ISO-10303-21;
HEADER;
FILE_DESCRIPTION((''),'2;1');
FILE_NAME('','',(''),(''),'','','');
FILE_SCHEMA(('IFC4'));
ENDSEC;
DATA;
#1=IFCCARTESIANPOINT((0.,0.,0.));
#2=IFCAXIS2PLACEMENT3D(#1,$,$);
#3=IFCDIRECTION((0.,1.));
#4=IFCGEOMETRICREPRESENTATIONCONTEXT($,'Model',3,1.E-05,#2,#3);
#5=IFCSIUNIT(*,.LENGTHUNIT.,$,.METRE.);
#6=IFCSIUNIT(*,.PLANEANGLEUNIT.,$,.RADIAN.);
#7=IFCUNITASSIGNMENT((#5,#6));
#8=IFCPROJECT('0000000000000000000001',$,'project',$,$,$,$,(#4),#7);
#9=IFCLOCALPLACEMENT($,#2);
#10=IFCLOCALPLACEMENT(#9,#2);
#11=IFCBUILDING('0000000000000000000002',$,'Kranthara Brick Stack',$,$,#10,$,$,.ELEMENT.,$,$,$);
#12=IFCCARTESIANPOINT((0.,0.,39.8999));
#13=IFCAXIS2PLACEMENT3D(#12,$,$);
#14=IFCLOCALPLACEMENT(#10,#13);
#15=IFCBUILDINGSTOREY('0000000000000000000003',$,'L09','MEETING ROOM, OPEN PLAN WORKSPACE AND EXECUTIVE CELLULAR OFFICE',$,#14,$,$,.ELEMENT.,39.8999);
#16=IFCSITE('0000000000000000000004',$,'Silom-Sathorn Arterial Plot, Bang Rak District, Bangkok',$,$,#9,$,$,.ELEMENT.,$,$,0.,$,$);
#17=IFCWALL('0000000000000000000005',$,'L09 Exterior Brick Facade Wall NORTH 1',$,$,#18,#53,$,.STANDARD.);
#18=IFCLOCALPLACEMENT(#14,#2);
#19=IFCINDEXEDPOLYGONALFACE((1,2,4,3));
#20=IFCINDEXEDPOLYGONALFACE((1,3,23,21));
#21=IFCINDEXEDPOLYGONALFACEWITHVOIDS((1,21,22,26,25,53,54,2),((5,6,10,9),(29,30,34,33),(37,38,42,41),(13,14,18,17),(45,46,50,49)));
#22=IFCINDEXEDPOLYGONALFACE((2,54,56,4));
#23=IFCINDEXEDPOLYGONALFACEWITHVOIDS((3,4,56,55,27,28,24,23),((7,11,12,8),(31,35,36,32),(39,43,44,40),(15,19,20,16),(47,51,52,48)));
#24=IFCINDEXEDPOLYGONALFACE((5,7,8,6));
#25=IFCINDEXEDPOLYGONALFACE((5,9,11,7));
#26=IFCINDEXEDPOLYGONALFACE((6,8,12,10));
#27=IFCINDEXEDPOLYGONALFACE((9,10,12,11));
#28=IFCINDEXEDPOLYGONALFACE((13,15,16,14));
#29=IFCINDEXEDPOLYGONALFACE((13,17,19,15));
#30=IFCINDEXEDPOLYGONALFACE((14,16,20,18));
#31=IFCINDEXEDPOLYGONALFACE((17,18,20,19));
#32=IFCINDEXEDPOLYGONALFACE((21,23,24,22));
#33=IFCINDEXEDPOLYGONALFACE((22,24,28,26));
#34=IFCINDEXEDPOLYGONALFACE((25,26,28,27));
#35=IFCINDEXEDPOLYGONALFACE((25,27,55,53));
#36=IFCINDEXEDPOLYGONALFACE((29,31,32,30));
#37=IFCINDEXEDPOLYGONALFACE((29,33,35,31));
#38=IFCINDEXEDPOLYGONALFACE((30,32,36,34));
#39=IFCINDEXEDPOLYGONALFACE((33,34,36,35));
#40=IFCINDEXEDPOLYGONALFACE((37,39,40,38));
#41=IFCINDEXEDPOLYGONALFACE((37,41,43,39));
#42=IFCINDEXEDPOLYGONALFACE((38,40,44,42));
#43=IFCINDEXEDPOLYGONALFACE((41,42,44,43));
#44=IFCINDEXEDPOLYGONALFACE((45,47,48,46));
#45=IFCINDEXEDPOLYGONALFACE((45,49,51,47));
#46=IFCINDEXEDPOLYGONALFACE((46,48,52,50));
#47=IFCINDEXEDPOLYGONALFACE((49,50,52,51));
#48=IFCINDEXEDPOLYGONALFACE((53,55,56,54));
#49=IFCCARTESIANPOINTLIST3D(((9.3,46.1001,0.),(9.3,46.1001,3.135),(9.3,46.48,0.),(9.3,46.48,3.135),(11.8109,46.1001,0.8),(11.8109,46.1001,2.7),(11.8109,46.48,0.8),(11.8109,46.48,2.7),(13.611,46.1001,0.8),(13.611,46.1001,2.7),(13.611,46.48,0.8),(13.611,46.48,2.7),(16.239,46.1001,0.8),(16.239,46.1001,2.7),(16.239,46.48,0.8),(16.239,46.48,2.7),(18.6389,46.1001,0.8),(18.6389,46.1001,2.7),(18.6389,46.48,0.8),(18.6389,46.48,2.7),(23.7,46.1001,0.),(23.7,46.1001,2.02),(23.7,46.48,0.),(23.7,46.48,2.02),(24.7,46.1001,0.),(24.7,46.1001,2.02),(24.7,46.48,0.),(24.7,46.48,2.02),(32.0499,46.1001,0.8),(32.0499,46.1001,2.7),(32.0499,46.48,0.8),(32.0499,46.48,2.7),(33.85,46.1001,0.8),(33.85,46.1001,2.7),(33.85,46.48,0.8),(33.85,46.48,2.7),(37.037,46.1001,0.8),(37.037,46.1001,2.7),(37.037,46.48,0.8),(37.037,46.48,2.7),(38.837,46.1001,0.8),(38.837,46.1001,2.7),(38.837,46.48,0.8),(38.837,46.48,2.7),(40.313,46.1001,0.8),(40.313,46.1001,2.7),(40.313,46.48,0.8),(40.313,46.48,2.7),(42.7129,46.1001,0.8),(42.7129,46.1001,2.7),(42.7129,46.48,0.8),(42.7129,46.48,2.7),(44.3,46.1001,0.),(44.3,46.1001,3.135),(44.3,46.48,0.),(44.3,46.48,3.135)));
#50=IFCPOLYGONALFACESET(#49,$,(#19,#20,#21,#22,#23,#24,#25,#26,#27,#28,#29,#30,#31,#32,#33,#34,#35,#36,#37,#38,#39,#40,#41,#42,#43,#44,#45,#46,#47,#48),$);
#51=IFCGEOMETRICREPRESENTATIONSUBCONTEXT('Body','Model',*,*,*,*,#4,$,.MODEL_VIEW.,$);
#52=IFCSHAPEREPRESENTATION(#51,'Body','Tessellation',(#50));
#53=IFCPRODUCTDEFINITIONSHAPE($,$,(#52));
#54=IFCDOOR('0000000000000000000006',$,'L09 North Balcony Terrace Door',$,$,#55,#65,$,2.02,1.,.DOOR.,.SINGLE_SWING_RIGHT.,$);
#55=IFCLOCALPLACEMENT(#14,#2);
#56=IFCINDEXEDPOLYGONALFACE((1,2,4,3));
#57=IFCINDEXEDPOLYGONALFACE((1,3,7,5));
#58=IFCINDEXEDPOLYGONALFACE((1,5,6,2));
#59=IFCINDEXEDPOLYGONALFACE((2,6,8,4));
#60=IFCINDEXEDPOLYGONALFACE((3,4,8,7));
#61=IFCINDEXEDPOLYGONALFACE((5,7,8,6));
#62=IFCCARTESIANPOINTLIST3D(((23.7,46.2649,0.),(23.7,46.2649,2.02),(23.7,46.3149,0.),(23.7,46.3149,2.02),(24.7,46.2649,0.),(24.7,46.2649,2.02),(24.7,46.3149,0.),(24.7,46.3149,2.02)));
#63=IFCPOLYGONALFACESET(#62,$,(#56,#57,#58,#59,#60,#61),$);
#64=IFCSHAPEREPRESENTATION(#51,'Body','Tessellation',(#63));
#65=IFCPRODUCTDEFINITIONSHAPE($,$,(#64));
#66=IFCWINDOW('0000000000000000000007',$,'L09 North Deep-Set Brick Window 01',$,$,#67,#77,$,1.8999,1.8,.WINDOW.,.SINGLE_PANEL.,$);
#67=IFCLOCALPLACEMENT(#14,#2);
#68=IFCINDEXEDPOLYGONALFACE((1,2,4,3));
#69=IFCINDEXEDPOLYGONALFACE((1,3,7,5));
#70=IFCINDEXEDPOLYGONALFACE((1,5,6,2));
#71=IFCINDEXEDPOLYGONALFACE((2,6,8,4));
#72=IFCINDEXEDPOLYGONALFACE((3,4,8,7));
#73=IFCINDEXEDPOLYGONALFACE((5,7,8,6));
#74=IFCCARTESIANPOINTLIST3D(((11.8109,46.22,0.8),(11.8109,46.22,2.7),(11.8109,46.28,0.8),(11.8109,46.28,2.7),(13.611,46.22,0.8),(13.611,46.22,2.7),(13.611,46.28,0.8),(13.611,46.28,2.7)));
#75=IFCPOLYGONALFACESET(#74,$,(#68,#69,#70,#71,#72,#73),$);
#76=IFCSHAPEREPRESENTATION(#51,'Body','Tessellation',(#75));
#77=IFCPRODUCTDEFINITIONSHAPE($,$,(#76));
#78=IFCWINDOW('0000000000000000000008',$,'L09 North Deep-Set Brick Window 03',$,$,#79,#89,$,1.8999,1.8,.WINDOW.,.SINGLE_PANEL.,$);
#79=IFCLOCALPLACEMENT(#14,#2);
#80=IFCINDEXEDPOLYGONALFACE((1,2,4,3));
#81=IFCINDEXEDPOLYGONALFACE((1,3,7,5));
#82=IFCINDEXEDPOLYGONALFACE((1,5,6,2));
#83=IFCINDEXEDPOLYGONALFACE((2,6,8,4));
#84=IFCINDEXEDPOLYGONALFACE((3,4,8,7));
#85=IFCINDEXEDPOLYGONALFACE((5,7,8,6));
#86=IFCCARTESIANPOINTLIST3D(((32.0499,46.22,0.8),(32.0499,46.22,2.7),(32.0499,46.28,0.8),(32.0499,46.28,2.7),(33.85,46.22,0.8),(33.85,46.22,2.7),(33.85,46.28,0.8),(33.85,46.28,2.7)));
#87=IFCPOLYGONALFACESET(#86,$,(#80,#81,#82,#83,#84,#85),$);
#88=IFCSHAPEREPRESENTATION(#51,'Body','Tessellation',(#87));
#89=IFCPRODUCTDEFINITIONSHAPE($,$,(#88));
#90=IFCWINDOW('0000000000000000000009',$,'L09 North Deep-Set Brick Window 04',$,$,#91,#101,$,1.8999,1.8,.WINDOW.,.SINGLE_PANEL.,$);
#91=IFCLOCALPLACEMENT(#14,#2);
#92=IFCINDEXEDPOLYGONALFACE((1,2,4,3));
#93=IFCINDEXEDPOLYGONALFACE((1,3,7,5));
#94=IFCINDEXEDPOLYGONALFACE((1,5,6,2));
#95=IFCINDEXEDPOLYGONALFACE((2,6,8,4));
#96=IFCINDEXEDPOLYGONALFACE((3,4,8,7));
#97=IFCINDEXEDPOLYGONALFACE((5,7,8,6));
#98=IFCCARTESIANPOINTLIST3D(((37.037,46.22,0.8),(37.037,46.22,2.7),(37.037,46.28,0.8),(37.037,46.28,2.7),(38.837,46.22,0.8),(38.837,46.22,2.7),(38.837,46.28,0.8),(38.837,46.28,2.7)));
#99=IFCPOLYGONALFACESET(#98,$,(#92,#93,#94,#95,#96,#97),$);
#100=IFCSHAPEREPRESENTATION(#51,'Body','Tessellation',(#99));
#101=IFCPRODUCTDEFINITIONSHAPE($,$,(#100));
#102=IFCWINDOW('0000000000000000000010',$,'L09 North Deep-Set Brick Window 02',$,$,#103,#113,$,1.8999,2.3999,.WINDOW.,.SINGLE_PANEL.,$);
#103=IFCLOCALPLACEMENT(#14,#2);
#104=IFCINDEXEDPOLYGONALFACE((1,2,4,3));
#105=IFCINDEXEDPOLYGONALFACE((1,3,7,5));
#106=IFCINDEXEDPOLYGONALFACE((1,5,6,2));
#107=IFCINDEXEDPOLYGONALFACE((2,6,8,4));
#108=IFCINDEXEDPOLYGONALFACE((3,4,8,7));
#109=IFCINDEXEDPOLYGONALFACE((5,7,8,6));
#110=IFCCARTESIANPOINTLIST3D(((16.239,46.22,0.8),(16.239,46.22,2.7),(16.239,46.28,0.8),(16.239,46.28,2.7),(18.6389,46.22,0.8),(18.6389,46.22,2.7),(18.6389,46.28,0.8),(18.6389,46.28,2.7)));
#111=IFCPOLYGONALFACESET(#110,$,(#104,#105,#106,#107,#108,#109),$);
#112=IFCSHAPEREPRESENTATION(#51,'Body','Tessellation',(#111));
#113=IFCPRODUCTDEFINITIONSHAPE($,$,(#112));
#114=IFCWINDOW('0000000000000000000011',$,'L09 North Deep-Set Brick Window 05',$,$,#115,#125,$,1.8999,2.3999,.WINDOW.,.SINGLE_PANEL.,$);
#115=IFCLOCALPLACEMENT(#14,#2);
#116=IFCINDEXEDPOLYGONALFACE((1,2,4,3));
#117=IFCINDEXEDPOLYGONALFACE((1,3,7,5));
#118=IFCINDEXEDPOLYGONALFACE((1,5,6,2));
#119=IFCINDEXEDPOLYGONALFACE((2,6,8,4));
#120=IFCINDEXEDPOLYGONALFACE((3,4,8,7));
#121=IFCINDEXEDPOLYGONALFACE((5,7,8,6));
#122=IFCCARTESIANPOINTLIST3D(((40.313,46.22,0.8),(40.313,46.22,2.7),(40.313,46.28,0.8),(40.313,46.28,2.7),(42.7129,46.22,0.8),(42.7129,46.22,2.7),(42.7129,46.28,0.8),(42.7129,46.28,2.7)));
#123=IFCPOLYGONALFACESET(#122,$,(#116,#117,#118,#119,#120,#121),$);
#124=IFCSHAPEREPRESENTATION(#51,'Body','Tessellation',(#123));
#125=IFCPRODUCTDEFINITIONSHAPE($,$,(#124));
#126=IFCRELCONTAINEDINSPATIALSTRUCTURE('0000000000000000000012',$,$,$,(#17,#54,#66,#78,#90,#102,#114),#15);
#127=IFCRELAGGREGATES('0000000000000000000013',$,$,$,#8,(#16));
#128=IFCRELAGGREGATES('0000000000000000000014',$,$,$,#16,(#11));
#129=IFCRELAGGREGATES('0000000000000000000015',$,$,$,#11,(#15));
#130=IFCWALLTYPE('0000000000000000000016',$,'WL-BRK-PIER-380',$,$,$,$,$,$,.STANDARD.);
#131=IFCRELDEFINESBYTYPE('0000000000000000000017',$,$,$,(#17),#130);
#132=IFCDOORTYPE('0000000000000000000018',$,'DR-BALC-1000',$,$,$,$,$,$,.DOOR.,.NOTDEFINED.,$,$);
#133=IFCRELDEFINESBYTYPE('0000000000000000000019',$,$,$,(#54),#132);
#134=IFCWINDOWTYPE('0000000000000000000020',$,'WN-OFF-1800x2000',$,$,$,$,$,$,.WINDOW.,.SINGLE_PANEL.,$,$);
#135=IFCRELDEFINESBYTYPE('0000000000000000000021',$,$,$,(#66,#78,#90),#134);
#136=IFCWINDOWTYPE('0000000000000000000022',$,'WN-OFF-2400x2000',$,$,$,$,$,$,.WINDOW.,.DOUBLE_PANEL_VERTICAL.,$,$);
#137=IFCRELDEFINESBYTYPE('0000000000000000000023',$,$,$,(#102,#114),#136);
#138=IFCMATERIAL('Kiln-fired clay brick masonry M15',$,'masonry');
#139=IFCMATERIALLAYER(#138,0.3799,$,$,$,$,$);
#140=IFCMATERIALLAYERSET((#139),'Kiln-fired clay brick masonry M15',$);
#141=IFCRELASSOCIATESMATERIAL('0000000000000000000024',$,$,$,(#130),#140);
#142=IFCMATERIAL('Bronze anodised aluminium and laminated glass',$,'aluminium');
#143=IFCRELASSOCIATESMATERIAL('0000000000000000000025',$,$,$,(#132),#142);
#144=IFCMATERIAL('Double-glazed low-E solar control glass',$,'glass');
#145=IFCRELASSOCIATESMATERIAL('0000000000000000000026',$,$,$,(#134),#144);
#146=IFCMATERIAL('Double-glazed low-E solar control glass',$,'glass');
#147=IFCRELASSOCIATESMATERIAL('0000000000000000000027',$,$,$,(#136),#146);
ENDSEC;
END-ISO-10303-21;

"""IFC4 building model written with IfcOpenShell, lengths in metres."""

from ifc_helpers import new_model, si_unit, direction, frame, frame_2d, origin, place, context, subcontext, project, spatial, rectangle, extrude, material, layer, layer_set, type_object, element, fill, save


model = new_model("IFC4")

# Units and contexts
model_context = context("Model", 3, precision=1e-05, world=origin(), true_north=direction((0.0, 1.0)))
body_context = subcontext(model_context, "Body", "Model", "MODEL_VIEW")
ifc_project = project(units=[si_unit("LENGTHUNIT", "METRE"), si_unit("PLANEANGLEUNIT", "RADIAN")], contexts=[model_context])

# Site, building, storey
site_placement = place(None, origin())
site = spatial("IfcSite", under=ifc_project, at=site_placement, Name="Silom-Sathorn Arterial Plot, Bang Rak District, Bangkok", CompositionType="ELEMENT", RefElevation=0.0)
building_placement = place(site_placement, origin())
building = spatial("IfcBuilding", under=site, at=building_placement, Name="Kranthara Brick Stack", CompositionType="ELEMENT")
storey_placement = place(building_placement, frame((0.0, 0.0, 39.8999)))
storey = spatial("IfcBuildingStorey", under=building, at=storey_placement, Name="L09", Description="MEETING ROOM, OPEN PLAN WORKSPACE AND EXECUTIVE CELLULAR OFFICE", CompositionType="ELEMENT", Elevation=39.8999)

# Shared definitions
ifc_material_1 = material(Name="Kiln-fired clay brick masonry M15", Category="masonry")
ifc_layer_1 = layer(ifc_material_1, 0.3799)
ifc_layer_set_1 = layer_set([ifc_layer_1], Name="Kiln-fired clay brick masonry M15")
wall_type_1 = type_object("IfcWallType", Name="WL-BRK-PIER-380", PredefinedType="STANDARD", material=ifc_layer_set_1)

# Wall, openings, door, windows
wall_1_placement = place(storey_placement, frame((9.3, 46.29, 0.0), z_axis=(0.0, 0.0, 1.0), x_axis=(1.0, 0.0, 0.0)))
wall_1 = element("IfcWall", 1, at=wall_1_placement, inside=storey, type_object=wall_type_1, Name="L09 Exterior Brick Facade Wall NORTH 1", PredefinedType="STANDARD", context=body_context, shape_type="SweptSolid", body=[
    extrude(rectangle(XDim=35.0, YDim=0.3799, at=frame_2d((17.5, 0.0))), origin(), (0.0, 0.0, 1.0), 3.135),
])
opening_1_placement = place(wall_1_placement, frame((14.3999, 0.0, 0.0)))
opening_1 = element("IfcOpeningElement", 2, at=opening_1_placement, cuts=wall_1, PredefinedType="OPENING", context=body_context, shape_type="SweptSolid", body=[
    extrude(rectangle(XDim=1.0, YDim=2.02, at=frame_2d((0.5, 1.01))), frame((0.0, 0.2, 0.0), z_axis=(0.0, -1.0, 0.0), x_axis=(1.0, 0.0, 0.0)), (0.0, 0.0, 1.0), 0.3999),
])
opening_2_placement = place(wall_1_placement, frame((2.511, 0.0, 0.8)))
opening_2 = element("IfcOpeningElement", 3, at=opening_2_placement, cuts=wall_1, PredefinedType="OPENING", context=body_context, shape_type="SweptSolid", body=[
    extrude(rectangle(XDim=1.8, YDim=1.8999, at=frame_2d((0.8999, 0.95))), frame((0.0, 0.2, 0.0), z_axis=(0.0, -1.0, 0.0), x_axis=(1.0, 0.0, 0.0)), (0.0, 0.0, 1.0), 0.3999),
])
opening_3_placement = place(wall_1_placement, frame((6.939, 0.0, 0.8)))
opening_3 = element("IfcOpeningElement", 4, at=opening_3_placement, cuts=wall_1, PredefinedType="OPENING", context=body_context, shape_type="SweptSolid", body=[
    extrude(rectangle(XDim=2.3999, YDim=1.8999, at=frame_2d((1.2, 0.95))), frame((0.0, 0.2, 0.0), z_axis=(0.0, -1.0, 0.0), x_axis=(1.0, 0.0, 0.0)), (0.0, 0.0, 1.0), 0.3999),
])
opening_4_placement = place(wall_1_placement, frame((22.75, 0.0, 0.8)))
opening_4 = element("IfcOpeningElement", 5, at=opening_4_placement, cuts=wall_1, PredefinedType="OPENING", context=body_context, shape_type="SweptSolid", body=[
    extrude(rectangle(XDim=1.8, YDim=1.8999, at=frame_2d((0.8999, 0.95))), frame((0.0, 0.2, 0.0), z_axis=(0.0, -1.0, 0.0), x_axis=(1.0, 0.0, 0.0)), (0.0, 0.0, 1.0), 0.3999),
])
opening_5_placement = place(wall_1_placement, frame((27.7371, 0.0, 0.8)))
opening_5 = element("IfcOpeningElement", 6, at=opening_5_placement, cuts=wall_1, PredefinedType="OPENING", context=body_context, shape_type="SweptSolid", body=[
    extrude(rectangle(XDim=1.8, YDim=1.8999, at=frame_2d((0.8999, 0.95))), frame((0.0, 0.2, 0.0), z_axis=(0.0, -1.0, 0.0), x_axis=(1.0, 0.0, 0.0)), (0.0, 0.0, 1.0), 0.3999),
])
opening_6_placement = place(wall_1_placement, frame((31.0129, 0.0, 0.8)))
opening_6 = element("IfcOpeningElement", 7, at=opening_6_placement, cuts=wall_1, PredefinedType="OPENING", context=body_context, shape_type="SweptSolid", body=[
    extrude(rectangle(XDim=2.3999, YDim=1.8999, at=frame_2d((1.2, 0.95))), frame((0.0, 0.2, 0.0), z_axis=(0.0, -1.0, 0.0), x_axis=(1.0, 0.0, 0.0)), (0.0, 0.0, 1.0), 0.3999),
])
ifc_material_2 = material(Name="Bronze anodised aluminium and laminated glass", Category="aluminium")
door_type_1 = type_object("IfcDoorType", Name="DR-BALC-1000", OperationType="NOTDEFINED", PredefinedType="DOOR", material=ifc_material_2)
door_1_placement = place(opening_1_placement, origin())
door_1 = element("IfcDoor", 8, at=door_1_placement, inside=storey, type_object=door_type_1, Name="L09 North Balcony Terrace Door", OperationType="SINGLE_SWING_RIGHT", OverallHeight=2.02, OverallWidth=1.0, PredefinedType="DOOR", context=body_context, shape_type="SweptSolid", body=[
    extrude(rectangle(XDim=1.0, YDim=2.02, at=frame_2d((0.5, 1.01))), frame((0.0, 0.0249, 0.0), z_axis=(0.0, -1.0, 0.0), x_axis=(1.0, 0.0, 0.0)), (0.0, 0.0, 1.0), 0.05),
])
fill(opening_1, door_1)
ifc_material_3 = material(Name="Double-glazed low-E solar control glass", Category="glass")
window_type_1 = type_object("IfcWindowType", Name="WN-OFF-1800x2000", PartitioningType="SINGLE_PANEL", PredefinedType="WINDOW", material=ifc_material_3)
window_1_placement = place(opening_2_placement, origin())
window_1 = element("IfcWindow", 9, at=window_1_placement, inside=storey, type_object=window_type_1, Name="L09 North Deep-Set Brick Window 01", OverallHeight=1.8999, OverallWidth=1.8, PartitioningType="SINGLE_PANEL", PredefinedType="WINDOW", context=body_context, shape_type="SweptSolid", body=[
    extrude(rectangle(XDim=1.8, YDim=1.8999, at=frame_2d((0.8999, 0.95))), frame((0.0, -0.01, 0.0), z_axis=(0.0, -1.0, 0.0), x_axis=(1.0, 0.0, 0.0)), (0.0, 0.0, 1.0), 0.0601),
])
fill(opening_2, window_1)
window_2_placement = place(opening_4_placement, origin())
window_2 = element("IfcWindow", 10, at=window_2_placement, inside=storey, type_object=window_type_1, Name="L09 North Deep-Set Brick Window 03", OverallHeight=1.8999, OverallWidth=1.8, PartitioningType="SINGLE_PANEL", PredefinedType="WINDOW", context=body_context, shape_type="SweptSolid", body=[
    extrude(rectangle(XDim=1.8, YDim=1.8999, at=frame_2d((0.8999, 0.95))), frame((0.0, -0.01, 0.0), z_axis=(0.0, -1.0, 0.0), x_axis=(1.0, 0.0, 0.0)), (0.0, 0.0, 1.0), 0.0601),
])
fill(opening_4, window_2)
window_3_placement = place(opening_5_placement, origin())
window_3 = element("IfcWindow", 11, at=window_3_placement, inside=storey, type_object=window_type_1, Name="L09 North Deep-Set Brick Window 04", OverallHeight=1.8999, OverallWidth=1.8, PartitioningType="SINGLE_PANEL", PredefinedType="WINDOW", context=body_context, shape_type="SweptSolid", body=[
    extrude(rectangle(XDim=1.8, YDim=1.8999, at=frame_2d((0.8999, 0.95))), frame((0.0, -0.01, 0.0), z_axis=(0.0, -1.0, 0.0), x_axis=(1.0, 0.0, 0.0)), (0.0, 0.0, 1.0), 0.0601),
])
fill(opening_5, window_3)
ifc_material_4 = material(Name="Double-glazed low-E solar control glass", Category="glass")
window_type_2 = type_object("IfcWindowType", Name="WN-OFF-2400x2000", PartitioningType="DOUBLE_PANEL_VERTICAL", PredefinedType="WINDOW", material=ifc_material_4)
window_4_placement = place(opening_3_placement, origin())
window_4 = element("IfcWindow", 12, at=window_4_placement, inside=storey, type_object=window_type_2, Name="L09 North Deep-Set Brick Window 02", OverallHeight=1.8999, OverallWidth=2.3999, PartitioningType="SINGLE_PANEL", PredefinedType="WINDOW", context=body_context, shape_type="SweptSolid", body=[
    extrude(rectangle(XDim=2.3999, YDim=1.8999, at=frame_2d((1.2, 0.95))), frame((0.0, -0.01, 0.0), z_axis=(0.0, -1.0, 0.0), x_axis=(1.0, 0.0, 0.0)), (0.0, 0.0, 1.0), 0.0601),
])
fill(opening_3, window_4)
window_5_placement = place(opening_6_placement, origin())
window_5 = element("IfcWindow", 13, at=window_5_placement, inside=storey, type_object=window_type_2, Name="L09 North Deep-Set Brick Window 05", OverallHeight=1.8999, OverallWidth=2.3999, PartitioningType="SINGLE_PANEL", PredefinedType="WINDOW", context=body_context, shape_type="SweptSolid", body=[
    extrude(rectangle(XDim=2.3999, YDim=1.8999, at=frame_2d((1.2, 0.95))), frame((0.0, -0.01, 0.0), z_axis=(0.0, -1.0, 0.0), x_axis=(1.0, 0.0, 0.0)), (0.0, 0.0, 1.0), 0.0601),
])
fill(opening_6, window_5)

save(model, "model.ifc")
